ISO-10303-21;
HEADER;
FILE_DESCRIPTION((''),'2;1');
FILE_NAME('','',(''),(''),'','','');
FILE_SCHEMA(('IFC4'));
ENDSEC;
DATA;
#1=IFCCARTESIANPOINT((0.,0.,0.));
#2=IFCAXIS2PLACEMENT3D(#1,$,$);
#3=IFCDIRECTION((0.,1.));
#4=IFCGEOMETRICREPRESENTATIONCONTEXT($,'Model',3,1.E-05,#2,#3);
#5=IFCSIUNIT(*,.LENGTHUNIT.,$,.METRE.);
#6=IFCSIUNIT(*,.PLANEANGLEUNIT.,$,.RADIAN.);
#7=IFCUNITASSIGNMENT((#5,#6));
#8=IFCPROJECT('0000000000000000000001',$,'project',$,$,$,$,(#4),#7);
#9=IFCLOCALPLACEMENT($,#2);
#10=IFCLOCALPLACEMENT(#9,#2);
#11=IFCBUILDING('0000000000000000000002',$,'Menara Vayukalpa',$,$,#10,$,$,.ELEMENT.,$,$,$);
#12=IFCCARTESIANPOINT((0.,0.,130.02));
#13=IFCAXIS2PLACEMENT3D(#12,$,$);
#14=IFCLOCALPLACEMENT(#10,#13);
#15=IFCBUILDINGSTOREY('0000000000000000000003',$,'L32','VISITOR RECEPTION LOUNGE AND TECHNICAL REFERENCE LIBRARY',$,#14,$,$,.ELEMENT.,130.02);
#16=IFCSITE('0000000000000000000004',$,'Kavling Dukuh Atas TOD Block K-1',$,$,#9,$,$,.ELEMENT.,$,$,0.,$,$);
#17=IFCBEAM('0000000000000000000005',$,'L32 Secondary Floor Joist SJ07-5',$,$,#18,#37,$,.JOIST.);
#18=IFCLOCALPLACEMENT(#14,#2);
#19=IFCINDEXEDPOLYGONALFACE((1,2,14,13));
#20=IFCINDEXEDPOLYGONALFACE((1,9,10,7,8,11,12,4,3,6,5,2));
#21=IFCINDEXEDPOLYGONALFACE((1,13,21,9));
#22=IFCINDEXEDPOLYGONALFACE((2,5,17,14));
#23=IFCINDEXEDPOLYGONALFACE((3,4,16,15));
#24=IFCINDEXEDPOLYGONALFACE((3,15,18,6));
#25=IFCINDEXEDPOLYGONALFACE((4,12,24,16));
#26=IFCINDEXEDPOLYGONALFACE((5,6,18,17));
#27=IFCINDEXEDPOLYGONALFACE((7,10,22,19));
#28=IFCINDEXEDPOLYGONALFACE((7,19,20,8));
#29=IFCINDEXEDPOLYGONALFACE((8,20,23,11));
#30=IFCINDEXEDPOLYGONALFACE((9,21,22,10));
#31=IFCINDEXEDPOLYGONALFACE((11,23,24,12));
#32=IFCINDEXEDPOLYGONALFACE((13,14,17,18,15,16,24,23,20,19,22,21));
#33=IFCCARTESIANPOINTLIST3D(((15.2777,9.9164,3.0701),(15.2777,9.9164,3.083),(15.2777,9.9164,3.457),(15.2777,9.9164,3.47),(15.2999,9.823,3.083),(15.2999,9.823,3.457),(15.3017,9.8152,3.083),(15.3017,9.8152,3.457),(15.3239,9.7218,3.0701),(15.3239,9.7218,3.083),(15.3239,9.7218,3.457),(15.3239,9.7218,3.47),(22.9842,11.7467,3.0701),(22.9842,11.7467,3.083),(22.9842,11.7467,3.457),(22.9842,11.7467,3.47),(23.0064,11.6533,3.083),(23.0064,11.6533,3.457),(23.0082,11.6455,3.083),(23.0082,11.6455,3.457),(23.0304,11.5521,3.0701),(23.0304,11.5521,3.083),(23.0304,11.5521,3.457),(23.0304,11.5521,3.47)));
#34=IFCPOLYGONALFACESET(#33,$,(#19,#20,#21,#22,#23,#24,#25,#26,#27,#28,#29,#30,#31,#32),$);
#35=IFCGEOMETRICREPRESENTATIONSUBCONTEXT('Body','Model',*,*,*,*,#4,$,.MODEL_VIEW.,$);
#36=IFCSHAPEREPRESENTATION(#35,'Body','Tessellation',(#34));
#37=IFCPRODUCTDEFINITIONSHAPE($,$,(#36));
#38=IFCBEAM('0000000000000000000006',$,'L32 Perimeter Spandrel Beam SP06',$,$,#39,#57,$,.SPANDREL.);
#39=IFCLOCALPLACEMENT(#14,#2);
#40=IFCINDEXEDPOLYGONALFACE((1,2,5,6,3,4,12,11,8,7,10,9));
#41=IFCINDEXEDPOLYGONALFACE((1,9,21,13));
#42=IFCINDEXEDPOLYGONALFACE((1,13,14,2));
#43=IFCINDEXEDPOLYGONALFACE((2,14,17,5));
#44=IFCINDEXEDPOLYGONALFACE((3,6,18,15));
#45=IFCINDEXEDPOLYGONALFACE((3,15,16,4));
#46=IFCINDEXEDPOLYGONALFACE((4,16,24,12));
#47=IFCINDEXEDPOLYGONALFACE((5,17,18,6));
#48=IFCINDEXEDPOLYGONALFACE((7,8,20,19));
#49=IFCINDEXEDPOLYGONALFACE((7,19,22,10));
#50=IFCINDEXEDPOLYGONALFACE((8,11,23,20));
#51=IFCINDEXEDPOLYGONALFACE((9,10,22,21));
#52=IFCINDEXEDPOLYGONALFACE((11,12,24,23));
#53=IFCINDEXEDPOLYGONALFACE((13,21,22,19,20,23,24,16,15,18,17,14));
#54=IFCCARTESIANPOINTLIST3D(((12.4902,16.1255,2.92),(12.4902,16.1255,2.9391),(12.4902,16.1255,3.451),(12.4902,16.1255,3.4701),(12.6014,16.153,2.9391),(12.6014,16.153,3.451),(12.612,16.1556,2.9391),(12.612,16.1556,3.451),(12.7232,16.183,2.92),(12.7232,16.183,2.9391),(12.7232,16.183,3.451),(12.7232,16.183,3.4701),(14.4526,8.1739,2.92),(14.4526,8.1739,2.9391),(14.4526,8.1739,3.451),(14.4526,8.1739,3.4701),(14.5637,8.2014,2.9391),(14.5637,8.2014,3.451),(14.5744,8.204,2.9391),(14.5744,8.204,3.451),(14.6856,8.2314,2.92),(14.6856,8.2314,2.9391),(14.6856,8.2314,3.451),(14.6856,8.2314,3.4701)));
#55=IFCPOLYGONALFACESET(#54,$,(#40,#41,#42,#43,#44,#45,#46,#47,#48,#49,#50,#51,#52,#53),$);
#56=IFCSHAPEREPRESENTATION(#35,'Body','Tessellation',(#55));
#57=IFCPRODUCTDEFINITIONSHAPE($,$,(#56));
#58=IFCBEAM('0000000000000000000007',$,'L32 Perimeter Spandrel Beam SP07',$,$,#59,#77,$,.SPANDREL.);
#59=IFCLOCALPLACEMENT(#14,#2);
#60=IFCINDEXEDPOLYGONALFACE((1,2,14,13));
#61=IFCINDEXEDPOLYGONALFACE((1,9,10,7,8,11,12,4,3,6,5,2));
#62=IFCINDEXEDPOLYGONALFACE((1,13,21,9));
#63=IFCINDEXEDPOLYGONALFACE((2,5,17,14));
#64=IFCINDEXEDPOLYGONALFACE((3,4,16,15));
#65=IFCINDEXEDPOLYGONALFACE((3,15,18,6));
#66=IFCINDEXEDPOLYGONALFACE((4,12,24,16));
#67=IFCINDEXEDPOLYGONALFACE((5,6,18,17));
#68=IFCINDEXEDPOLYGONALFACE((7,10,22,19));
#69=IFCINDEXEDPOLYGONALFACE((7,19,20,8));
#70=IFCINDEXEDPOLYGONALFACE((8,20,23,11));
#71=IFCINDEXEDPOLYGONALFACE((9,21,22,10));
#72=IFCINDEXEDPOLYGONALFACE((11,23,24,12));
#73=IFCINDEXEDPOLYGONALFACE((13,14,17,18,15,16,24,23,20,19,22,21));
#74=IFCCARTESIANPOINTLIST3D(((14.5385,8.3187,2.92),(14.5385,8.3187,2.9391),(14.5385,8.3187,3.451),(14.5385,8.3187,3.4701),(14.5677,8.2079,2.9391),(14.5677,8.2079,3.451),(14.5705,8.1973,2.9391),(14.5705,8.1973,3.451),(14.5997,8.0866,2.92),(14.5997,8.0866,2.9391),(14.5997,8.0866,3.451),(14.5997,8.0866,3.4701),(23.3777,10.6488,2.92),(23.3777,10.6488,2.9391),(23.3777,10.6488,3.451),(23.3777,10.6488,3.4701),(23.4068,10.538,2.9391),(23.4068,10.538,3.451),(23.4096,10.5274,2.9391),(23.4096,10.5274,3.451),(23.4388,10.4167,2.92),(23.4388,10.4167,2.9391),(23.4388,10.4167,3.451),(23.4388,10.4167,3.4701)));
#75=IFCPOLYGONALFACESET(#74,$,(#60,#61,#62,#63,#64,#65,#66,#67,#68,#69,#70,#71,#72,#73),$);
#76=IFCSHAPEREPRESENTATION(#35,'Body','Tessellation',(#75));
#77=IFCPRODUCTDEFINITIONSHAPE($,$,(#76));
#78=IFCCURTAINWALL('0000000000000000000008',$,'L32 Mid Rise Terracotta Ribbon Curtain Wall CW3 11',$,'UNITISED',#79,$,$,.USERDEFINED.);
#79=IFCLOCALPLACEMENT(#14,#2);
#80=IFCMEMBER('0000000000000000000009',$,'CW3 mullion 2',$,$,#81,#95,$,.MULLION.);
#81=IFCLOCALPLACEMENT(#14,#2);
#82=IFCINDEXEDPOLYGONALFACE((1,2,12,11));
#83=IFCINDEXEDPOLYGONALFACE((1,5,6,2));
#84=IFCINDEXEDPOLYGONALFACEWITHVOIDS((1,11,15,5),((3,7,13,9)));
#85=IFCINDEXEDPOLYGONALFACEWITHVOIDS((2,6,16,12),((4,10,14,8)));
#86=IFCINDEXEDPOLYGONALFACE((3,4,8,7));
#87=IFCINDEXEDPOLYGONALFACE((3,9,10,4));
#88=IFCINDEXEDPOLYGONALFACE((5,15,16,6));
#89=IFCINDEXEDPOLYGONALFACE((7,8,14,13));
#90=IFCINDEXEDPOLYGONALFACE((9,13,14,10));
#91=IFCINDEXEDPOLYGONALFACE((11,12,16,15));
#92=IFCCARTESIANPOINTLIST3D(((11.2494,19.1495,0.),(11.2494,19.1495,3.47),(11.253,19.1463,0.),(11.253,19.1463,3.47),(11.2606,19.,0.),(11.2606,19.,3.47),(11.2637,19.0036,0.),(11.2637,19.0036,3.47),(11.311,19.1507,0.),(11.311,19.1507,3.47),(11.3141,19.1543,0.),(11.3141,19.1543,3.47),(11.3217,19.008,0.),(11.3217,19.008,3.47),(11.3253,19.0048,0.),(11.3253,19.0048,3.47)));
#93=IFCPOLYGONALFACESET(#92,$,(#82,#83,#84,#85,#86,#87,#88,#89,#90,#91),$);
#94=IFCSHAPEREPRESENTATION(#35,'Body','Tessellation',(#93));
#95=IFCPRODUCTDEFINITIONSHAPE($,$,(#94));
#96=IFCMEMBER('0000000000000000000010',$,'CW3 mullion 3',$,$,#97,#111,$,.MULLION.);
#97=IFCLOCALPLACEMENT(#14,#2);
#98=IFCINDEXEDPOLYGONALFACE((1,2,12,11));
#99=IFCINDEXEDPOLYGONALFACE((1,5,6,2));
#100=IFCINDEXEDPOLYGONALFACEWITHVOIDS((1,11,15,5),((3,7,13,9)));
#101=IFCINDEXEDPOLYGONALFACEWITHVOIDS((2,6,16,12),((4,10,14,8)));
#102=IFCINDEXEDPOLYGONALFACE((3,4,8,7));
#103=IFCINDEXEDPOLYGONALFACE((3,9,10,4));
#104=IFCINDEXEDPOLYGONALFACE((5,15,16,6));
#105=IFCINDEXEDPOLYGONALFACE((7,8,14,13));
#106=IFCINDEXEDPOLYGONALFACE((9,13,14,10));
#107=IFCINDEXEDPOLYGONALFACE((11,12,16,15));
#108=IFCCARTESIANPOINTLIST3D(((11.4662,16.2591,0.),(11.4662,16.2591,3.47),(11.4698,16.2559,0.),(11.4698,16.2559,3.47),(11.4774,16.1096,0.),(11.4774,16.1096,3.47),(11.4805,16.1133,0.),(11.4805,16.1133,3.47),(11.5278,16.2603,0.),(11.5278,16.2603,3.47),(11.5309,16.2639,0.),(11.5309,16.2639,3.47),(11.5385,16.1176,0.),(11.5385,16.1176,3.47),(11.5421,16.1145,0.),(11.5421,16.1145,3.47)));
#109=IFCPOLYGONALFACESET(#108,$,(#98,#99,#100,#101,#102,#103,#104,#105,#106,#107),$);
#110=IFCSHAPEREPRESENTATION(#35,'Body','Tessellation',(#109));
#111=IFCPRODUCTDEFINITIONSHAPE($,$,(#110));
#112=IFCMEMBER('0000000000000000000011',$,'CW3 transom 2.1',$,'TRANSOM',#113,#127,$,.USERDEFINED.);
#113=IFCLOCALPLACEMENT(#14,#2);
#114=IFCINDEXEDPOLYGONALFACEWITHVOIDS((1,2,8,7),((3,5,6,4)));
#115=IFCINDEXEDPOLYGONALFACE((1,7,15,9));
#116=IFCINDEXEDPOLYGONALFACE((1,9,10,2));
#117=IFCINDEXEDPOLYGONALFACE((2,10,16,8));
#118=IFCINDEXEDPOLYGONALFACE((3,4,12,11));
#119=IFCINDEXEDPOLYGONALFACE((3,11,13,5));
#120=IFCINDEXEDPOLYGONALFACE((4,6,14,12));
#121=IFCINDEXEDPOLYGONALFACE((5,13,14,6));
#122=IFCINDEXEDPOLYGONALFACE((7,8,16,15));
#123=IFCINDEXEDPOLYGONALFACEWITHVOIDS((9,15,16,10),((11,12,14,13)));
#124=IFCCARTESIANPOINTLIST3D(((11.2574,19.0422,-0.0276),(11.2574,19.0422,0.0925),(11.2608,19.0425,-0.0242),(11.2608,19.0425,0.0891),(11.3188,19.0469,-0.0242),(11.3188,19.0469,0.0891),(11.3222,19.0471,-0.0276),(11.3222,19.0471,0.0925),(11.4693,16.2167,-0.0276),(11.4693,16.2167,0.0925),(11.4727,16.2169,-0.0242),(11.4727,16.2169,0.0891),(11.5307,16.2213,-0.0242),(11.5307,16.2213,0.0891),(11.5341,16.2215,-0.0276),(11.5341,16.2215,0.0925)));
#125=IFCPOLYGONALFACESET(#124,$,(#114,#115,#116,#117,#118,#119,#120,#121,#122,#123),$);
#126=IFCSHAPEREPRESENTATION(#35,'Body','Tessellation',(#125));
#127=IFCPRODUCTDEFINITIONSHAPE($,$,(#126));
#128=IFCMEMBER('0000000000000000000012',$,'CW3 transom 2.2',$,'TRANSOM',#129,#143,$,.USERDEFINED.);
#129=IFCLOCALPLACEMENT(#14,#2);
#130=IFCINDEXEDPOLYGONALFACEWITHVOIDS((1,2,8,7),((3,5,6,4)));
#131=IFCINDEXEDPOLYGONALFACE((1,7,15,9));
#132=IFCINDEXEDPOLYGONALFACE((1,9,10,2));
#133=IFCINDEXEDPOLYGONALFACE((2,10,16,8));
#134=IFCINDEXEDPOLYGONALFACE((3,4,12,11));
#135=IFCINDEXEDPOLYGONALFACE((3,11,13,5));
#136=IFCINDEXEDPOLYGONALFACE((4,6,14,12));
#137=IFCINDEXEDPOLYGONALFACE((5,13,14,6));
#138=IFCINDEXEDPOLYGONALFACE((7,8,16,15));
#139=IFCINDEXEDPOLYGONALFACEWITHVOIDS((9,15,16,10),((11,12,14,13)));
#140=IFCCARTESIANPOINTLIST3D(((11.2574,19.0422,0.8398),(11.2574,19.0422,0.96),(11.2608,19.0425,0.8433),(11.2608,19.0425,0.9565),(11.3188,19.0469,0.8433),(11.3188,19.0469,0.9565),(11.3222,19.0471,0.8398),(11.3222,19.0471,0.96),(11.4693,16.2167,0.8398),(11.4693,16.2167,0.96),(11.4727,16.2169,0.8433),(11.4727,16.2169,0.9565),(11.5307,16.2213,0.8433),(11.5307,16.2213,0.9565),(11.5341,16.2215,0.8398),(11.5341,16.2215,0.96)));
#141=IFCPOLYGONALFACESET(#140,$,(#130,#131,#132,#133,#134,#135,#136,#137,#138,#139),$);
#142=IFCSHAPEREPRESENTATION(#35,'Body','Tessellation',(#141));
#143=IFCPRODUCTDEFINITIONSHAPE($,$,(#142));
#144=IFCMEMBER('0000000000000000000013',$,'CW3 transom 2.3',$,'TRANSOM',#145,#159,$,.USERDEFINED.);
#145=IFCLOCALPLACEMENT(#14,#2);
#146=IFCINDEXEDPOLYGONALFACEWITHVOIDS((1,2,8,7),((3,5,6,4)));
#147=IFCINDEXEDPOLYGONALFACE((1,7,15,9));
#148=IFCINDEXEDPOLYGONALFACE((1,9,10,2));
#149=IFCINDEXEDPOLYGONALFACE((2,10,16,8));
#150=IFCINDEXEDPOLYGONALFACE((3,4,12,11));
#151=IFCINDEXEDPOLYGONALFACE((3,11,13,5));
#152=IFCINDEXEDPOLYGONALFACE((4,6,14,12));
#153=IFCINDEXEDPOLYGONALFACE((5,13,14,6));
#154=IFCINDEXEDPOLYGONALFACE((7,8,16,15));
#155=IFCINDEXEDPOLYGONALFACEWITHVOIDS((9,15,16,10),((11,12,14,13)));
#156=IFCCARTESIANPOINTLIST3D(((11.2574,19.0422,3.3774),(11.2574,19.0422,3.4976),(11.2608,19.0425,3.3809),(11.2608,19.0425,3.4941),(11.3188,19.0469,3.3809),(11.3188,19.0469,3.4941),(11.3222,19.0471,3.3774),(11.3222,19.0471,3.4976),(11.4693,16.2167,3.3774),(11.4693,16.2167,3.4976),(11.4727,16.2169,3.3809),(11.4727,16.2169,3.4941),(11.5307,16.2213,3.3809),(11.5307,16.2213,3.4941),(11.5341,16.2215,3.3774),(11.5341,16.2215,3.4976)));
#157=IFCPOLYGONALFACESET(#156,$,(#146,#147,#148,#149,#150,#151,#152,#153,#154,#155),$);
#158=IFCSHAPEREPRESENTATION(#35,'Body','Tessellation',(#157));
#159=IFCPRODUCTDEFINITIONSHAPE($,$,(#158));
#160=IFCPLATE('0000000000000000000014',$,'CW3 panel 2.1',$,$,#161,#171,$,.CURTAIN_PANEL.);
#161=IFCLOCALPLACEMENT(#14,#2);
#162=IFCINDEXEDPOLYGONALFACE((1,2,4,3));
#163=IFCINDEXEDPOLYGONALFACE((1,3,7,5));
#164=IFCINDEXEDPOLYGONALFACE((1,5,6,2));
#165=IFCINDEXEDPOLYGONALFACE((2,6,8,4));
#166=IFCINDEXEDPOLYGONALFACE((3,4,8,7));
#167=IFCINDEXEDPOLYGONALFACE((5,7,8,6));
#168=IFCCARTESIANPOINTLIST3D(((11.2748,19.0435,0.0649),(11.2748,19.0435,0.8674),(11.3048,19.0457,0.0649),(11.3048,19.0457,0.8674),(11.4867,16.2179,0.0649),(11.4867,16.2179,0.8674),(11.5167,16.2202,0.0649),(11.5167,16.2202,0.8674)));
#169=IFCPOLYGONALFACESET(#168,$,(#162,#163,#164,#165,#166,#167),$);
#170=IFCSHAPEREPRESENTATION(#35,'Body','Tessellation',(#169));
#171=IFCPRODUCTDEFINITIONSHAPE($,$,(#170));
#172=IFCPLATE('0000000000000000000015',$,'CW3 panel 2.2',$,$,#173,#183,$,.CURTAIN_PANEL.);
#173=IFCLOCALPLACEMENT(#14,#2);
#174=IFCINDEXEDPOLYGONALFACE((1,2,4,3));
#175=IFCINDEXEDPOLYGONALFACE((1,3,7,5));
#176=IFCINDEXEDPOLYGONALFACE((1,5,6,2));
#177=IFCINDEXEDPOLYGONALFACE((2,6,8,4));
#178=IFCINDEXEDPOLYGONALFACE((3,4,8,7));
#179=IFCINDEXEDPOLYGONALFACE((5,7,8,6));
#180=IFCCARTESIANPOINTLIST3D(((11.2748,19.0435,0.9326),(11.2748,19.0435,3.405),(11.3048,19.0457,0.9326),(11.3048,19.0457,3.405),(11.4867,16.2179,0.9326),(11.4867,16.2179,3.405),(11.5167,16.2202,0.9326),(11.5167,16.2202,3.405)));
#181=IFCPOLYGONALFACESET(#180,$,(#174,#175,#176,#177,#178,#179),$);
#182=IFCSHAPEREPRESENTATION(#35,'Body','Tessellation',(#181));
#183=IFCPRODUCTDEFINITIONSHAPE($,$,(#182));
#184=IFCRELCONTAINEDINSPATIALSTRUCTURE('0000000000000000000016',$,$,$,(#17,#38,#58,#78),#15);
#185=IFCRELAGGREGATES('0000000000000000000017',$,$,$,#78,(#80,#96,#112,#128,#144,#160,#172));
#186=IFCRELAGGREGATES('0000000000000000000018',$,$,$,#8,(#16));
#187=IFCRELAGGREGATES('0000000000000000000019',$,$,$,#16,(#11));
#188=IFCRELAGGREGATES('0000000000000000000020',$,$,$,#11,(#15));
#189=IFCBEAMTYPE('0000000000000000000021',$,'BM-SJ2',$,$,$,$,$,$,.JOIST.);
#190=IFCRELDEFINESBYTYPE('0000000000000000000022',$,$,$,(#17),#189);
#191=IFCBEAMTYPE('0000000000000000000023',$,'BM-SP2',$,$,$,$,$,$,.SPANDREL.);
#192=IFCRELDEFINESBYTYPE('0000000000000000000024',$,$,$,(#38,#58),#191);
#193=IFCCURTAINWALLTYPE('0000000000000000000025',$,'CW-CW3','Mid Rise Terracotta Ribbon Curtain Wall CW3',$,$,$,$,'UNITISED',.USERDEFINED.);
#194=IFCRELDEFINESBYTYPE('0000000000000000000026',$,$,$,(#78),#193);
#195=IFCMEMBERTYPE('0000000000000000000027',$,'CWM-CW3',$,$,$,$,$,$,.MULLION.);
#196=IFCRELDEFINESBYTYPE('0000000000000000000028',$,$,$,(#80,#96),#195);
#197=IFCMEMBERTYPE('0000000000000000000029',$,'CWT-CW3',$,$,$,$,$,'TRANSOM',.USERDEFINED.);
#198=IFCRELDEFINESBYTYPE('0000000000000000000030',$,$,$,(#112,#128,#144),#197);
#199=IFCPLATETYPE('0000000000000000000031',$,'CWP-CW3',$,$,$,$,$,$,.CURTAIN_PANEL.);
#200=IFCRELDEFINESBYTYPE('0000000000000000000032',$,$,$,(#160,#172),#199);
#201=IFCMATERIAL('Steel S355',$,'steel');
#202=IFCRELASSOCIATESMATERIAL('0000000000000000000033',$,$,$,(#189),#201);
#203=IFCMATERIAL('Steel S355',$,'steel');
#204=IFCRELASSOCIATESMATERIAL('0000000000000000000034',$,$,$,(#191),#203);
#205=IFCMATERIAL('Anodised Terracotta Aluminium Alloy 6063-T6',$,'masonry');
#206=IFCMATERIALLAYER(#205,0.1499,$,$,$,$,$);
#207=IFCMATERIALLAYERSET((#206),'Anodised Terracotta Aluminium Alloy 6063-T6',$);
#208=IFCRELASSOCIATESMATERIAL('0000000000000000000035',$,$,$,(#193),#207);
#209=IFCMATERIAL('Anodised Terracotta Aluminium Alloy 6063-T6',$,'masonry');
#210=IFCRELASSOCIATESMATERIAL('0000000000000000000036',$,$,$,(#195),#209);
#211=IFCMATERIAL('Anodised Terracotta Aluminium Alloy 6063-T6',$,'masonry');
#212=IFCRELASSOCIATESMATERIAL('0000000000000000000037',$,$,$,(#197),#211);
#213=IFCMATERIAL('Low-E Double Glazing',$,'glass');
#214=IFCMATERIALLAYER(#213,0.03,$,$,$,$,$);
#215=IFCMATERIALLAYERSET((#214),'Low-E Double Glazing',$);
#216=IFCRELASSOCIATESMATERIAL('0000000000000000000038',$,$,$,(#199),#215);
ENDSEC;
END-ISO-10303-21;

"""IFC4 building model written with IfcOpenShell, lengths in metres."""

from ifc_helpers import new_model, si_unit, direction, frame, origin, origin_2d, place, context, subcontext, project, spatial, rectangle, hollow_rectangle, i_section, extrude, material, layer, layer_set, material_profile, profile_set, type_object, element, aggregate, save


model = new_model("IFC4")

# Units and contexts
model_context = context("Model", 3, precision=1e-05, world=origin(), true_north=direction((0.0, 1.0)))
body_context = subcontext(model_context, "Body", "Model", "MODEL_VIEW")
ifc_project = project(units=[si_unit("LENGTHUNIT", "METRE"), si_unit("PLANEANGLEUNIT", "RADIAN")], contexts=[model_context])

# Site, building, storey
site_placement = place(None, origin())
site = spatial("IfcSite", under=ifc_project, at=site_placement, Name="Kavling Dukuh Atas TOD Block K-1", CompositionType="ELEMENT", RefElevation=0.0)
building_placement = place(site_placement, origin())
building = spatial("IfcBuilding", under=site, at=building_placement, Name="Menara Vayukalpa", CompositionType="ELEMENT")
storey_placement = place(building_placement, frame((0.0, 0.0, 130.02)))
storey = spatial("IfcBuildingStorey", under=building, at=storey_placement, Name="L32", Description="VISITOR RECEPTION LOUNGE AND TECHNICAL REFERENCE LIBRARY", CompositionType="ELEMENT", Elevation=130.02)

# Beams
ifc_material_1 = material(Name="Steel S355", Category="steel")
ifc_material_profile_1 = material_profile(ifc_material_1, i_section(OverallWidth=0.2, OverallDepth=0.3999, WebThickness=0.0081, FlangeThickness=0.0129, at=origin_2d()), Name="WF 400x200x8x13")
ifc_profile_set_1 = profile_set([ifc_material_profile_1], Name="Steel S355")
beam_type_1 = type_object("IfcBeamType", Name="BM-SJ2", PredefinedType="JOIST", material=ifc_profile_set_1)
beam_1_placement = place(storey_placement, frame((15.3008, 9.8191, 3.27), z_axis=(0.972936, 0.231075, 0.0), x_axis=(-0.231075, 0.972936, 0.0)))
element("IfcBeam", 1, at=beam_1_placement, inside=storey, type_object=beam_type_1, Name="L32 Secondary Floor Joist SJ07-5", PredefinedType="JOIST", context=body_context, shape_type="SweptSolid", body=[
    extrude(i_section(OverallWidth=0.2, OverallDepth=0.3999, WebThickness=0.0081, FlangeThickness=0.0129, at=origin_2d()), origin(), (0.0, 0.0, 1.0), 7.9209),
])
ifc_material_2 = material(Name="Steel S355", Category="steel")
ifc_material_profile_2 = material_profile(ifc_material_2, i_section(OverallWidth=0.24, OverallDepth=0.55, WebThickness=0.011, FlangeThickness=0.019, at=origin_2d()), Name="WF 550x240x11x19")
ifc_profile_set_2 = profile_set([ifc_material_profile_2], Name="Steel S355")
beam_type_2 = type_object("IfcBeamType", Name="BM-SP2", PredefinedType="SPANDREL", material=ifc_profile_set_2)
beam_2_placement = place(storey_placement, frame((12.6067, 16.1543, 3.1951), z_axis=(0.239603, -0.970871, 0.0), x_axis=(0.970871, 0.239603, 0.0)))
element("IfcBeam", 2, at=beam_2_placement, inside=storey, type_object=beam_type_2, Name="L32 Perimeter Spandrel Beam SP06", PredefinedType="SPANDREL", context=body_context, shape_type="SweptSolid", body=[
    extrude(i_section(OverallWidth=0.24, OverallDepth=0.55, WebThickness=0.011, FlangeThickness=0.019, at=origin_2d()), origin(), (0.0, 0.0, 1.0), 8.1902),
])
beam_3_placement = place(storey_placement, frame((14.5691, 8.2026, 3.1951), z_axis=(0.966967, 0.254902, 0.0), x_axis=(-0.254902, 0.966967, 0.0)))
element("IfcBeam", 3, at=beam_3_placement, inside=storey, type_object=beam_type_2, Name="L32 Perimeter Spandrel Beam SP07", PredefinedType="SPANDREL", context=body_context, shape_type="SweptSolid", body=[
    extrude(i_section(OverallWidth=0.24, OverallDepth=0.55, WebThickness=0.011, FlangeThickness=0.019, at=origin_2d()), origin(), (0.0, 0.0, 1.0), 9.1411),
])

# Curtain wall, members, plates
ifc_material_3 = material(Name="Anodised Terracotta Aluminium Alloy 6063-T6", Category="masonry")
ifc_layer_1 = layer(ifc_material_3, 0.1499)
ifc_layer_set_1 = layer_set([ifc_layer_1], Name="Anodised Terracotta Aluminium Alloy 6063-T6")
curtain_wall_type = type_object("IfcCurtainWallType", Name="CW-CW3", Description="Mid Rise Terracotta Ribbon Curtain Wall CW3", ElementType="UNITISED", PredefinedType="USERDEFINED", material=ifc_layer_set_1)
curtain_wall_placement = place(storey_placement, origin())
curtain_wall = element("IfcCurtainWall", 4, at=curtain_wall_placement, inside=storey, type_object=curtain_wall_type, Name="L32 Mid Rise Terracotta Ribbon Curtain Wall CW3 11", ObjectType="UNITISED", PredefinedType="USERDEFINED")
ifc_material_4 = material(Name="Anodised Terracotta Aluminium Alloy 6063-T6", Category="masonry")
ifc_material_profile_3 = material_profile(ifc_material_4, hollow_rectangle(XDim=0.0649, YDim=0.1499, WallThickness=0.0034, at=origin_2d()), Name="ALU 65x150x3.5")
ifc_profile_set_3 = profile_set([ifc_material_profile_3], Name="Anodised Terracotta Aluminium Alloy 6063-T6")
member_type_1 = type_object("IfcMemberType", Name="CWM-CW3", PredefinedType="MULLION", material=ifc_profile_set_3)
member_1_placement = place(storey_placement, frame((11.2874, 19.0771, 0.0), z_axis=(0.0, 0.0, 1.0), x_axis=(0.9972, 0.074785, 0.0)))
member_1 = element("IfcMember", 5, at=member_1_placement, type_object=member_type_1, Name="CW3 mullion 2", PredefinedType="MULLION", context=body_context, shape_type="SweptSolid", body=[
    extrude(hollow_rectangle(XDim=0.0649, YDim=0.1499, WallThickness=0.0034, at=origin_2d()), origin(), (0.0, 0.0, 1.0), 3.47),
])
member_2_placement = place(storey_placement, frame((11.5042, 16.1868, 0.0), z_axis=(0.0, 0.0, 1.0), x_axis=(0.9972, 0.074785, 0.0)))
member_2 = element("IfcMember", 6, at=member_2_placement, type_object=member_type_1, Name="CW3 mullion 3", PredefinedType="MULLION", context=body_context, shape_type="SweptSolid", body=[
    extrude(hollow_rectangle(XDim=0.0649, YDim=0.1499, WallThickness=0.0034, at=origin_2d()), origin(), (0.0, 0.0, 1.0), 3.47),
])
ifc_material_5 = material(Name="Anodised Terracotta Aluminium Alloy 6063-T6", Category="masonry")
ifc_material_profile_4 = material_profile(ifc_material_5, hollow_rectangle(XDim=0.0649, YDim=0.1201, WallThickness=0.0034, at=origin_2d()), Name="ALU 65x120x3.5")
ifc_profile_set_4 = profile_set([ifc_material_profile_4], Name="Anodised Terracotta Aluminium Alloy 6063-T6")
member_type_2 = type_object("IfcMemberType", Name="CWT-CW3", ElementType="TRANSOM", PredefinedType="USERDEFINED", material=ifc_profile_set_4)
member_3_placement = place(storey_placement, frame((11.2898, 19.0447, 0.0325), z_axis=(0.074792, -0.997199, 0.0), x_axis=(0.997199, 0.074792, 0.0)))
member_3 = element("IfcMember", 7, at=member_3_placement, type_object=member_type_2, Name="CW3 transom 2.1", ObjectType="TRANSOM", PredefinedType="USERDEFINED", context=body_context, shape_type="SweptSolid", body=[
    extrude(hollow_rectangle(XDim=0.0649, YDim=0.1201, WallThickness=0.0034, at=origin_2d()), origin(), (0.0, 0.0, 1.0), 2.8335),
])
member_4_placement = place(storey_placement, frame((11.2898, 19.0447, 0.8999), z_axis=(0.074792, -0.997199, 0.0), x_axis=(0.997199, 0.074792, 0.0)))
member_4 = element("IfcMember", 8, at=member_4_placement, type_object=member_type_2, Name="CW3 transom 2.2", ObjectType="TRANSOM", PredefinedType="USERDEFINED", context=body_context, shape_type="SweptSolid", body=[
    extrude(hollow_rectangle(XDim=0.0649, YDim=0.1201, WallThickness=0.0034, at=origin_2d()), origin(), (0.0, 0.0, 1.0), 2.8335),
])
member_5_placement = place(storey_placement, frame((11.2898, 19.0447, 3.4375), z_axis=(0.074792, -0.997199, 0.0), x_axis=(0.997199, 0.074792, 0.0)))
member_5 = element("IfcMember", 9, at=member_5_placement, type_object=member_type_2, Name="CW3 transom 2.3", ObjectType="TRANSOM", PredefinedType="USERDEFINED", context=body_context, shape_type="SweptSolid", body=[
    extrude(hollow_rectangle(XDim=0.0649, YDim=0.1201, WallThickness=0.0034, at=origin_2d()), origin(), (0.0, 0.0, 1.0), 2.8335),
])
ifc_material_6 = material(Name="Low-E Double Glazing", Category="glass")
ifc_layer_2 = layer(ifc_material_6, 0.03)
ifc_layer_set_2 = layer_set([ifc_layer_2], Name="Low-E Double Glazing")
plate_type = type_object("IfcPlateType", Name="CWP-CW3", PredefinedType="CURTAIN_PANEL", material=ifc_layer_set_2)
plate_1_placement = place(storey_placement, frame((11.3958, 17.6318, 0.0649), z_axis=(0.0, 0.0, 1.0), x_axis=(0.074785, -0.9972, 0.0)))
plate_1 = element("IfcPlate", 10, at=plate_1_placement, type_object=plate_type, Name="CW3 panel 2.1", PredefinedType="CURTAIN_PANEL", context=body_context, shape_type="SweptSolid", body=[
    extrude(rectangle(XDim=2.8335, YDim=0.03, at=origin_2d()), origin(), (0.0, 0.0, 1.0), 0.8025),
])
plate_2_placement = place(storey_placement, frame((11.3958, 17.6318, 0.9326), z_axis=(0.0, 0.0, 1.0), x_axis=(0.074785, -0.9972, 0.0)))
plate_2 = element("IfcPlate", 11, at=plate_2_placement, type_object=plate_type, Name="CW3 panel 2.2", PredefinedType="CURTAIN_PANEL", context=body_context, shape_type="SweptSolid", body=[
    extrude(rectangle(XDim=2.8335, YDim=0.03, at=origin_2d()), origin(), (0.0, 0.0, 1.0), 2.4724),
])
aggregate(curtain_wall, [member_1, member_2, member_3, member_4, member_5, plate_1, plate_2])

save(model, "model.ifc")
